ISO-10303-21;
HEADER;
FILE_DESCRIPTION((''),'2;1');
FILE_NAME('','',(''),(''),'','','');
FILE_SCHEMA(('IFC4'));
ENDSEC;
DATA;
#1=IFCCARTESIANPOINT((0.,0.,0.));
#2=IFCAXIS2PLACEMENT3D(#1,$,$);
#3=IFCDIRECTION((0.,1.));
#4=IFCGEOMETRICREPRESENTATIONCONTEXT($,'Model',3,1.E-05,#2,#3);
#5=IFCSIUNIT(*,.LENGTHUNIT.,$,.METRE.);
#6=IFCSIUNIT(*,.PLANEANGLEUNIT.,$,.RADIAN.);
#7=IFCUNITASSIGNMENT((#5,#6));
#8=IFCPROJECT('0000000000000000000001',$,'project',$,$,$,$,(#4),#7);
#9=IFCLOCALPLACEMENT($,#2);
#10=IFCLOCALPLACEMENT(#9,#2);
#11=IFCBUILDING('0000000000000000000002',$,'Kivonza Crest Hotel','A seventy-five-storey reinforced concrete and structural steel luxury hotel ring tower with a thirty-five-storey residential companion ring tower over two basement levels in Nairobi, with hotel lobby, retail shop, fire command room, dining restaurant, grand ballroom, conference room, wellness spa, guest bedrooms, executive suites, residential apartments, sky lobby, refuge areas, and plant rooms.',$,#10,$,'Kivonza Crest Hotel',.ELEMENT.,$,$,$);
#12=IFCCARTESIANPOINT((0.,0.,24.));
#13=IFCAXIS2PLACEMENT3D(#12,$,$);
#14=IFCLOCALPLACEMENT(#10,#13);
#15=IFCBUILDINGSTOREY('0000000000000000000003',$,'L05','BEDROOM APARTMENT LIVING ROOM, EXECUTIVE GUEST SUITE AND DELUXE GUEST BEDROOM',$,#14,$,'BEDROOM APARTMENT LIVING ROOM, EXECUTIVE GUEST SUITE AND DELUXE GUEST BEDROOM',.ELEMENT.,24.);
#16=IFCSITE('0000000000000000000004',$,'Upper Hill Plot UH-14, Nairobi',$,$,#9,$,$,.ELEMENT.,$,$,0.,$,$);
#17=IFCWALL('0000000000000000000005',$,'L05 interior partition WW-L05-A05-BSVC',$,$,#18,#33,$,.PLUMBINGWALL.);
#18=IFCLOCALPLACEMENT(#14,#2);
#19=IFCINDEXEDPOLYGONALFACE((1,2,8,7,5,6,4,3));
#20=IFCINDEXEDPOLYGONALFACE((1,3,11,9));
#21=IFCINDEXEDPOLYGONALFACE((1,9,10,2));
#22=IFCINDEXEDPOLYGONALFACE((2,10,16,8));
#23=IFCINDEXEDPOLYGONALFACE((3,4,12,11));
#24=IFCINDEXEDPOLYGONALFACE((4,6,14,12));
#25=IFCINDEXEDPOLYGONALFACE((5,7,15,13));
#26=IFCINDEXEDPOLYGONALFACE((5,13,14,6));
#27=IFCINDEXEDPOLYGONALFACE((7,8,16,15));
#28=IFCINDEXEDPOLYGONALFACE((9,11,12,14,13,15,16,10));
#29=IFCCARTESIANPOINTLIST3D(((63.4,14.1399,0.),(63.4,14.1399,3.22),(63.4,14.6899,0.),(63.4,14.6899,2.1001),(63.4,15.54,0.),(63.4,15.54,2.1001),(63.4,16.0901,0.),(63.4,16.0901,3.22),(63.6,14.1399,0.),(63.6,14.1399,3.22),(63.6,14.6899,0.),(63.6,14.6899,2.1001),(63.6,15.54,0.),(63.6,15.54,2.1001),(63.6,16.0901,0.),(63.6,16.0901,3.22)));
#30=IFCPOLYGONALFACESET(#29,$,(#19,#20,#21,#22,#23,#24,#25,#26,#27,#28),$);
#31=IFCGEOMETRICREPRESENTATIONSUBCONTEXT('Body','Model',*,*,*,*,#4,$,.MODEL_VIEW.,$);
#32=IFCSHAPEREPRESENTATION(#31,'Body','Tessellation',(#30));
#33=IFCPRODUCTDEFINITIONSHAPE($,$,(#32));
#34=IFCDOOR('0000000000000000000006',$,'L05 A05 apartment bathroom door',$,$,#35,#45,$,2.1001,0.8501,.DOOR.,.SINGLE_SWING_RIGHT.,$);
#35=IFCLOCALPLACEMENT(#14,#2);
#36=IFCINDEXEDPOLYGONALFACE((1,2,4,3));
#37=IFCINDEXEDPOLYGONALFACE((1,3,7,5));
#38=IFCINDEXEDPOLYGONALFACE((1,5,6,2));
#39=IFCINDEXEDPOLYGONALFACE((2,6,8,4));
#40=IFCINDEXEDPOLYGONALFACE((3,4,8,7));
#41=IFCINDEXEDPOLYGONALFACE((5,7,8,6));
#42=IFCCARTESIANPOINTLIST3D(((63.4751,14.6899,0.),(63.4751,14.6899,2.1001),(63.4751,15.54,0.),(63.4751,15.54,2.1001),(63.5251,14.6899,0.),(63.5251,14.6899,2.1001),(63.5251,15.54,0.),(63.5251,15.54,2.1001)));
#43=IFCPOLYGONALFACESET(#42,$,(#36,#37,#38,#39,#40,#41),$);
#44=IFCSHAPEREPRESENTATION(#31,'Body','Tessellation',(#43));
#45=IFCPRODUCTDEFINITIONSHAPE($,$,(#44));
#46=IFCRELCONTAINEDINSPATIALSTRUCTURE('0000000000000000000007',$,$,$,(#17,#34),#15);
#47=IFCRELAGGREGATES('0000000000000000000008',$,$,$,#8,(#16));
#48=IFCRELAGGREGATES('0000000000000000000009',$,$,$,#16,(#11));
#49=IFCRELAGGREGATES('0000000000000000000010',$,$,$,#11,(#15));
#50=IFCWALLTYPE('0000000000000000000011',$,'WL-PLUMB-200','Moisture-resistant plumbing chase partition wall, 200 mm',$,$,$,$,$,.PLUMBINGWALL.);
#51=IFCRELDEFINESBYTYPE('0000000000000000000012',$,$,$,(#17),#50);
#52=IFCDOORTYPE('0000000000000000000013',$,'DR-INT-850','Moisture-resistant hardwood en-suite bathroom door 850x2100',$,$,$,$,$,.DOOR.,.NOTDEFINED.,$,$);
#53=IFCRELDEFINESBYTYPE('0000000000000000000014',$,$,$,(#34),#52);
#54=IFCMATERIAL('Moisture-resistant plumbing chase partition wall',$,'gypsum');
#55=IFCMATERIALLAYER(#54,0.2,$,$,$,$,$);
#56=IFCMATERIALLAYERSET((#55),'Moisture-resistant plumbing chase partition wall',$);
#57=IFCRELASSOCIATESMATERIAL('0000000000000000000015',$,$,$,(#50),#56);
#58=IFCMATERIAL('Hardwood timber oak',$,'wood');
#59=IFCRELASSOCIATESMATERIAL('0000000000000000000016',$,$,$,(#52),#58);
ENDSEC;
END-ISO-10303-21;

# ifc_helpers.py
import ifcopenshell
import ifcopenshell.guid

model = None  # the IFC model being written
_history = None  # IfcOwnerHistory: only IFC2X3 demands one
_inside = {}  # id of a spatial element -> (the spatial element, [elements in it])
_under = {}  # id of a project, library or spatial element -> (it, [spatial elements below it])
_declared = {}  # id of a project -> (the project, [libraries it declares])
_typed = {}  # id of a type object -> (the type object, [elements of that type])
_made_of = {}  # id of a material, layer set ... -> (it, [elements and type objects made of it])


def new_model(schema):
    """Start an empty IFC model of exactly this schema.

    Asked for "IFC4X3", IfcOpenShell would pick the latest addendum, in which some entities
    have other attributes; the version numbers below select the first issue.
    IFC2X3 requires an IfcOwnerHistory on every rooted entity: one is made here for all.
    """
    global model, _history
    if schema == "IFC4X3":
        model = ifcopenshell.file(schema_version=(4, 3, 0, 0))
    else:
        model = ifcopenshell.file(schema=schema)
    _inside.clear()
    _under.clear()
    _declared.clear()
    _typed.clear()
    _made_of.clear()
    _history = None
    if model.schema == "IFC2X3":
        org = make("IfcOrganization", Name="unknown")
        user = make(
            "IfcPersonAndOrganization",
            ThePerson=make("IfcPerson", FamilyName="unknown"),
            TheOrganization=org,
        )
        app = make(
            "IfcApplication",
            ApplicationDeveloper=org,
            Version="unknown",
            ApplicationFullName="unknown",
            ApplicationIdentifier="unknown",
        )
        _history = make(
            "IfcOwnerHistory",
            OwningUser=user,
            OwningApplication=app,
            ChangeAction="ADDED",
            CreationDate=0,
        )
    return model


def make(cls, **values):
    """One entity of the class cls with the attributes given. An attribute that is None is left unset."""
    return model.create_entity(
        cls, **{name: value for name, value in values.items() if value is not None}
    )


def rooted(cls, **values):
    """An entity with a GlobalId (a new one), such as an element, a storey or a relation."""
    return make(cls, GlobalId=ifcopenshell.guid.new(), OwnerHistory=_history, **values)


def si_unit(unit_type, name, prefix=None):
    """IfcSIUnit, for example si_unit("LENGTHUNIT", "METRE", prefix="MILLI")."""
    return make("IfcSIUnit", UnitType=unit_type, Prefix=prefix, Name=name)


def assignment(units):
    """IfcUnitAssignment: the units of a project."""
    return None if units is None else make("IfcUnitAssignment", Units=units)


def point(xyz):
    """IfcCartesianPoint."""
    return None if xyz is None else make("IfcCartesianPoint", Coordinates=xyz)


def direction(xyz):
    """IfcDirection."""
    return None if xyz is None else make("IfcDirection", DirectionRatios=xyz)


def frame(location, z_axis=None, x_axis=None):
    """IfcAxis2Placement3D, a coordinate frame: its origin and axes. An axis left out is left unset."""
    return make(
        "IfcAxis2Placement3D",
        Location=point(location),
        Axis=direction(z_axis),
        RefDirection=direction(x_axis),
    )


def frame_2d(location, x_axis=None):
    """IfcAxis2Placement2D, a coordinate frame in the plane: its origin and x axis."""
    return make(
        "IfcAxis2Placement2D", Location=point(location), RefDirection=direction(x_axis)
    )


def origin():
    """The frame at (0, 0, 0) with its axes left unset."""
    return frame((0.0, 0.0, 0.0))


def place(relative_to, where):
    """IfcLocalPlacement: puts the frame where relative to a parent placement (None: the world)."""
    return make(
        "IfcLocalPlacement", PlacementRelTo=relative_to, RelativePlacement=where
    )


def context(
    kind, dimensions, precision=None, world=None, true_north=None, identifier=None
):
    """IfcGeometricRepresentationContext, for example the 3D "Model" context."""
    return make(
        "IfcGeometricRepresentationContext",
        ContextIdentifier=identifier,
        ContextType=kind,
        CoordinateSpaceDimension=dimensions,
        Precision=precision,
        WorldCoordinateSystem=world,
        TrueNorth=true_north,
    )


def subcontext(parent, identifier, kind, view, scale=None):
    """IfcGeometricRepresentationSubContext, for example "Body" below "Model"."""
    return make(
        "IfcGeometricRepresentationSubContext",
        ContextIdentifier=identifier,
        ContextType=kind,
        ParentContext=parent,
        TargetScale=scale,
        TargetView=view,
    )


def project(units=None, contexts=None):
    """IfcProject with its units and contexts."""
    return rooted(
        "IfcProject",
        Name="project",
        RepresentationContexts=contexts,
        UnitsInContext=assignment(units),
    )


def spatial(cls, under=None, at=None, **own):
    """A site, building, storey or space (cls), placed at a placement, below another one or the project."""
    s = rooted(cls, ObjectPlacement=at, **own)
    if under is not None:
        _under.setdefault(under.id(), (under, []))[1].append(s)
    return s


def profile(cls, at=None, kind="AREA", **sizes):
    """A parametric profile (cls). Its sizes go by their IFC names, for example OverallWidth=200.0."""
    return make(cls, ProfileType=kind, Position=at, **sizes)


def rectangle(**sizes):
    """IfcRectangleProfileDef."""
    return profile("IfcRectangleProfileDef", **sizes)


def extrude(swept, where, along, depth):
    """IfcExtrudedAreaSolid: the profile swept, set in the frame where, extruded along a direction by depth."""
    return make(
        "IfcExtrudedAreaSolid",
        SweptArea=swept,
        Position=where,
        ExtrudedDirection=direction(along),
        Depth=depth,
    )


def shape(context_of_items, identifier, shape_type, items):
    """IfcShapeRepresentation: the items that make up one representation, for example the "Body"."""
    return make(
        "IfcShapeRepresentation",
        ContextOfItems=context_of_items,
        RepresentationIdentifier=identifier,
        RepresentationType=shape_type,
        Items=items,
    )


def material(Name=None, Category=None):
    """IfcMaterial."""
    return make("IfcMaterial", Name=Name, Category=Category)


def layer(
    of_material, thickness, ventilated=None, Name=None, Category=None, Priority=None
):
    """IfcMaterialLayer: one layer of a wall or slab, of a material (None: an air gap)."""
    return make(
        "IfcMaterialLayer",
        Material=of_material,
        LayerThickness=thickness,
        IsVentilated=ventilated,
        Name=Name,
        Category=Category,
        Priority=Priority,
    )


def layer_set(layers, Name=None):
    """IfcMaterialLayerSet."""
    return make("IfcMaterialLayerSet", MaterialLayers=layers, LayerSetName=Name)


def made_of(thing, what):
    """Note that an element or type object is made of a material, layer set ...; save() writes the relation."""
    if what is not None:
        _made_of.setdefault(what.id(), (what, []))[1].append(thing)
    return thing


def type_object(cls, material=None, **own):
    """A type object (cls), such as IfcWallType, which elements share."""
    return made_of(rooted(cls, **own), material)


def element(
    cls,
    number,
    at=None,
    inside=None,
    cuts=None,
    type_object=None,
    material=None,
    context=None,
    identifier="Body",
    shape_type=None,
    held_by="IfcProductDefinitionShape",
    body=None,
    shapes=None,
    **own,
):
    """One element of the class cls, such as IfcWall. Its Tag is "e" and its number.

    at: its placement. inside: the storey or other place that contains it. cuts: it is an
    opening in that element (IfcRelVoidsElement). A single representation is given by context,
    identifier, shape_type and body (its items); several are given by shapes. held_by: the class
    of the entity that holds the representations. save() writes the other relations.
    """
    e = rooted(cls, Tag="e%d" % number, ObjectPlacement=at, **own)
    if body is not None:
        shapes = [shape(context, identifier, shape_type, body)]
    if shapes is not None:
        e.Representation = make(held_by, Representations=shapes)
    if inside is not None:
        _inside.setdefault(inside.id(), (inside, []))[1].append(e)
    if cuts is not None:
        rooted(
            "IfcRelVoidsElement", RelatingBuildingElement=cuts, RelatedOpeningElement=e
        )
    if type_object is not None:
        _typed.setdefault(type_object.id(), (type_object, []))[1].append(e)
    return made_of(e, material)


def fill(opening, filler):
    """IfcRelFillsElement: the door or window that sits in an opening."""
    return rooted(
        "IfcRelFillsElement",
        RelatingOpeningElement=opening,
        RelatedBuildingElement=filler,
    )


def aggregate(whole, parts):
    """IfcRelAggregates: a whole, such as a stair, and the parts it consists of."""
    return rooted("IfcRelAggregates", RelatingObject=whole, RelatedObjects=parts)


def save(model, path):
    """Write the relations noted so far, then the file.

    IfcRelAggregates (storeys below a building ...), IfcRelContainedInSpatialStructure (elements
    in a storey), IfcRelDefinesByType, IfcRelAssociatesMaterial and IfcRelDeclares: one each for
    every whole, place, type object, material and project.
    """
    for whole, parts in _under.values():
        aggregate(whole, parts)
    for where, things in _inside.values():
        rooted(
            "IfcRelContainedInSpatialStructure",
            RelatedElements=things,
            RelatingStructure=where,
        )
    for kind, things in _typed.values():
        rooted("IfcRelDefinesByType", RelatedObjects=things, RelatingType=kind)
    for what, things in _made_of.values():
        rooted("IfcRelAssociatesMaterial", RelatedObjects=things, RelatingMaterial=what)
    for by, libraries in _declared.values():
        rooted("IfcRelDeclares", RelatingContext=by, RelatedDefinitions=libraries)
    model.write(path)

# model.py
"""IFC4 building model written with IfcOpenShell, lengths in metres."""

from ifc_helpers import new_model, si_unit, direction, frame, frame_2d, origin, place, context, subcontext, project, spatial, rectangle, extrude, material, layer, layer_set, type_object, element, fill, save


model = new_model("IFC4")

# Units and contexts
model_context = context("Model", 3, precision=1e-05, world=origin(), true_north=direction((0.0, 1.0)))
body_context = subcontext(model_context, "Body", "Model", "MODEL_VIEW")
ifc_project = project(units=[si_unit("LENGTHUNIT", "METRE"), si_unit("PLANEANGLEUNIT", "RADIAN")], contexts=[model_context])

# Site, building, storey
site_placement = place(None, origin())
site = spatial("IfcSite", under=ifc_project, at=site_placement, Name="Upper Hill Plot UH-14, Nairobi", CompositionType="ELEMENT", RefElevation=0.0)
building_placement = place(site_placement, origin())
building = spatial("IfcBuilding", under=site, at=building_placement, Name="Kivonza Crest Hotel", Description="A seventy-five-storey reinforced concrete and structural steel luxury hotel ring tower with a thirty-five-storey residential companion ring tower over two basement levels in Nairobi, with hotel lobby, retail shop, fire command room, dining restaurant, grand ballroom, conference room, wellness spa, guest bedrooms, executive suites, residential apartments, sky lobby, refuge areas, and plant rooms.", LongName="Kivonza Crest Hotel", CompositionType="ELEMENT")
storey_placement = place(building_placement, frame((0.0, 0.0, 24.0)))
storey = spatial("IfcBuildingStorey", under=building, at=storey_placement, Name="L05", Description="BEDROOM APARTMENT LIVING ROOM, EXECUTIVE GUEST SUITE AND DELUXE GUEST BEDROOM", LongName="BEDROOM APARTMENT LIVING ROOM, EXECUTIVE GUEST SUITE AND DELUXE GUEST BEDROOM", CompositionType="ELEMENT", Elevation=24.0)

# Wall, opening, door
ifc_material_1 = material(Name="Hardwood timber oak", Category="wood")
ifc_material_2 = material(Name="Moisture-resistant plumbing chase partition wall", Category="gypsum")
ifc_layer_1 = layer(ifc_material_2, 0.2)
ifc_layer_set_1 = layer_set([ifc_layer_1], Name="Moisture-resistant plumbing chase partition wall")
wall_type_1 = type_object("IfcWallType", Name="WL-PLUMB-200", Description="Moisture-resistant plumbing chase partition wall, 200 mm", PredefinedType="PLUMBINGWALL", material=ifc_layer_set_1)
wall_1_placement = place(storey_placement, frame((63.5, 14.1399, 0.0), z_axis=(0.0, 0.0, 1.0), x_axis=(0.0, 1.0, 0.0)))
wall_1 = element("IfcWall", 1, at=wall_1_placement, inside=storey, type_object=wall_type_1, Name="L05 interior partition WW-L05-A05-BSVC", PredefinedType="PLUMBINGWALL", context=body_context, shape_type="SweptSolid", body=[
    extrude(rectangle(XDim=1.9502, YDim=0.2, at=frame_2d((0.9751, 0.0))), origin(), (0.0, 0.0, 1.0), 3.22),
])
opening_1_placement = place(wall_1_placement, frame((0.55, 0.0, 0.0)))
opening_1 = element("IfcOpeningElement", 2, at=opening_1_placement, cuts=wall_1, PredefinedType="OPENING", context=body_context, shape_type="SweptSolid", body=[
    extrude(rectangle(XDim=0.8501, YDim=2.1001, at=frame_2d((0.425, 1.05))), frame((0.0, 0.1099, 0.0), z_axis=(0.0, -1.0, 0.0), x_axis=(1.0, 0.0, 0.0)), (0.0, 0.0, 1.0), 0.22),
])
door_type_1 = type_object("IfcDoorType", Name="DR-INT-850", Description="Moisture-resistant hardwood en-suite bathroom door 850x2100", OperationType="NOTDEFINED", PredefinedType="DOOR", material=ifc_material_1)
door_1_placement = place(opening_1_placement, origin())
door_1 = element("IfcDoor", 3, at=door_1_placement, inside=storey, type_object=door_type_1, Name="L05 A05 apartment bathroom door", OperationType="SINGLE_SWING_RIGHT", OverallHeight=2.1001, OverallWidth=0.8501, PredefinedType="DOOR", context=body_context, shape_type="SweptSolid", body=[
    extrude(rectangle(XDim=0.8501, YDim=2.1001, at=frame_2d((0.425, 1.05))), frame((0.0, 0.0249, 0.0), z_axis=(0.0, -1.0, 0.0), x_axis=(1.0, 0.0, 0.0)), (0.0, 0.0, 1.0), 0.05),
])
fill(opening_1, door_1)

save(model, "model.ifc")
